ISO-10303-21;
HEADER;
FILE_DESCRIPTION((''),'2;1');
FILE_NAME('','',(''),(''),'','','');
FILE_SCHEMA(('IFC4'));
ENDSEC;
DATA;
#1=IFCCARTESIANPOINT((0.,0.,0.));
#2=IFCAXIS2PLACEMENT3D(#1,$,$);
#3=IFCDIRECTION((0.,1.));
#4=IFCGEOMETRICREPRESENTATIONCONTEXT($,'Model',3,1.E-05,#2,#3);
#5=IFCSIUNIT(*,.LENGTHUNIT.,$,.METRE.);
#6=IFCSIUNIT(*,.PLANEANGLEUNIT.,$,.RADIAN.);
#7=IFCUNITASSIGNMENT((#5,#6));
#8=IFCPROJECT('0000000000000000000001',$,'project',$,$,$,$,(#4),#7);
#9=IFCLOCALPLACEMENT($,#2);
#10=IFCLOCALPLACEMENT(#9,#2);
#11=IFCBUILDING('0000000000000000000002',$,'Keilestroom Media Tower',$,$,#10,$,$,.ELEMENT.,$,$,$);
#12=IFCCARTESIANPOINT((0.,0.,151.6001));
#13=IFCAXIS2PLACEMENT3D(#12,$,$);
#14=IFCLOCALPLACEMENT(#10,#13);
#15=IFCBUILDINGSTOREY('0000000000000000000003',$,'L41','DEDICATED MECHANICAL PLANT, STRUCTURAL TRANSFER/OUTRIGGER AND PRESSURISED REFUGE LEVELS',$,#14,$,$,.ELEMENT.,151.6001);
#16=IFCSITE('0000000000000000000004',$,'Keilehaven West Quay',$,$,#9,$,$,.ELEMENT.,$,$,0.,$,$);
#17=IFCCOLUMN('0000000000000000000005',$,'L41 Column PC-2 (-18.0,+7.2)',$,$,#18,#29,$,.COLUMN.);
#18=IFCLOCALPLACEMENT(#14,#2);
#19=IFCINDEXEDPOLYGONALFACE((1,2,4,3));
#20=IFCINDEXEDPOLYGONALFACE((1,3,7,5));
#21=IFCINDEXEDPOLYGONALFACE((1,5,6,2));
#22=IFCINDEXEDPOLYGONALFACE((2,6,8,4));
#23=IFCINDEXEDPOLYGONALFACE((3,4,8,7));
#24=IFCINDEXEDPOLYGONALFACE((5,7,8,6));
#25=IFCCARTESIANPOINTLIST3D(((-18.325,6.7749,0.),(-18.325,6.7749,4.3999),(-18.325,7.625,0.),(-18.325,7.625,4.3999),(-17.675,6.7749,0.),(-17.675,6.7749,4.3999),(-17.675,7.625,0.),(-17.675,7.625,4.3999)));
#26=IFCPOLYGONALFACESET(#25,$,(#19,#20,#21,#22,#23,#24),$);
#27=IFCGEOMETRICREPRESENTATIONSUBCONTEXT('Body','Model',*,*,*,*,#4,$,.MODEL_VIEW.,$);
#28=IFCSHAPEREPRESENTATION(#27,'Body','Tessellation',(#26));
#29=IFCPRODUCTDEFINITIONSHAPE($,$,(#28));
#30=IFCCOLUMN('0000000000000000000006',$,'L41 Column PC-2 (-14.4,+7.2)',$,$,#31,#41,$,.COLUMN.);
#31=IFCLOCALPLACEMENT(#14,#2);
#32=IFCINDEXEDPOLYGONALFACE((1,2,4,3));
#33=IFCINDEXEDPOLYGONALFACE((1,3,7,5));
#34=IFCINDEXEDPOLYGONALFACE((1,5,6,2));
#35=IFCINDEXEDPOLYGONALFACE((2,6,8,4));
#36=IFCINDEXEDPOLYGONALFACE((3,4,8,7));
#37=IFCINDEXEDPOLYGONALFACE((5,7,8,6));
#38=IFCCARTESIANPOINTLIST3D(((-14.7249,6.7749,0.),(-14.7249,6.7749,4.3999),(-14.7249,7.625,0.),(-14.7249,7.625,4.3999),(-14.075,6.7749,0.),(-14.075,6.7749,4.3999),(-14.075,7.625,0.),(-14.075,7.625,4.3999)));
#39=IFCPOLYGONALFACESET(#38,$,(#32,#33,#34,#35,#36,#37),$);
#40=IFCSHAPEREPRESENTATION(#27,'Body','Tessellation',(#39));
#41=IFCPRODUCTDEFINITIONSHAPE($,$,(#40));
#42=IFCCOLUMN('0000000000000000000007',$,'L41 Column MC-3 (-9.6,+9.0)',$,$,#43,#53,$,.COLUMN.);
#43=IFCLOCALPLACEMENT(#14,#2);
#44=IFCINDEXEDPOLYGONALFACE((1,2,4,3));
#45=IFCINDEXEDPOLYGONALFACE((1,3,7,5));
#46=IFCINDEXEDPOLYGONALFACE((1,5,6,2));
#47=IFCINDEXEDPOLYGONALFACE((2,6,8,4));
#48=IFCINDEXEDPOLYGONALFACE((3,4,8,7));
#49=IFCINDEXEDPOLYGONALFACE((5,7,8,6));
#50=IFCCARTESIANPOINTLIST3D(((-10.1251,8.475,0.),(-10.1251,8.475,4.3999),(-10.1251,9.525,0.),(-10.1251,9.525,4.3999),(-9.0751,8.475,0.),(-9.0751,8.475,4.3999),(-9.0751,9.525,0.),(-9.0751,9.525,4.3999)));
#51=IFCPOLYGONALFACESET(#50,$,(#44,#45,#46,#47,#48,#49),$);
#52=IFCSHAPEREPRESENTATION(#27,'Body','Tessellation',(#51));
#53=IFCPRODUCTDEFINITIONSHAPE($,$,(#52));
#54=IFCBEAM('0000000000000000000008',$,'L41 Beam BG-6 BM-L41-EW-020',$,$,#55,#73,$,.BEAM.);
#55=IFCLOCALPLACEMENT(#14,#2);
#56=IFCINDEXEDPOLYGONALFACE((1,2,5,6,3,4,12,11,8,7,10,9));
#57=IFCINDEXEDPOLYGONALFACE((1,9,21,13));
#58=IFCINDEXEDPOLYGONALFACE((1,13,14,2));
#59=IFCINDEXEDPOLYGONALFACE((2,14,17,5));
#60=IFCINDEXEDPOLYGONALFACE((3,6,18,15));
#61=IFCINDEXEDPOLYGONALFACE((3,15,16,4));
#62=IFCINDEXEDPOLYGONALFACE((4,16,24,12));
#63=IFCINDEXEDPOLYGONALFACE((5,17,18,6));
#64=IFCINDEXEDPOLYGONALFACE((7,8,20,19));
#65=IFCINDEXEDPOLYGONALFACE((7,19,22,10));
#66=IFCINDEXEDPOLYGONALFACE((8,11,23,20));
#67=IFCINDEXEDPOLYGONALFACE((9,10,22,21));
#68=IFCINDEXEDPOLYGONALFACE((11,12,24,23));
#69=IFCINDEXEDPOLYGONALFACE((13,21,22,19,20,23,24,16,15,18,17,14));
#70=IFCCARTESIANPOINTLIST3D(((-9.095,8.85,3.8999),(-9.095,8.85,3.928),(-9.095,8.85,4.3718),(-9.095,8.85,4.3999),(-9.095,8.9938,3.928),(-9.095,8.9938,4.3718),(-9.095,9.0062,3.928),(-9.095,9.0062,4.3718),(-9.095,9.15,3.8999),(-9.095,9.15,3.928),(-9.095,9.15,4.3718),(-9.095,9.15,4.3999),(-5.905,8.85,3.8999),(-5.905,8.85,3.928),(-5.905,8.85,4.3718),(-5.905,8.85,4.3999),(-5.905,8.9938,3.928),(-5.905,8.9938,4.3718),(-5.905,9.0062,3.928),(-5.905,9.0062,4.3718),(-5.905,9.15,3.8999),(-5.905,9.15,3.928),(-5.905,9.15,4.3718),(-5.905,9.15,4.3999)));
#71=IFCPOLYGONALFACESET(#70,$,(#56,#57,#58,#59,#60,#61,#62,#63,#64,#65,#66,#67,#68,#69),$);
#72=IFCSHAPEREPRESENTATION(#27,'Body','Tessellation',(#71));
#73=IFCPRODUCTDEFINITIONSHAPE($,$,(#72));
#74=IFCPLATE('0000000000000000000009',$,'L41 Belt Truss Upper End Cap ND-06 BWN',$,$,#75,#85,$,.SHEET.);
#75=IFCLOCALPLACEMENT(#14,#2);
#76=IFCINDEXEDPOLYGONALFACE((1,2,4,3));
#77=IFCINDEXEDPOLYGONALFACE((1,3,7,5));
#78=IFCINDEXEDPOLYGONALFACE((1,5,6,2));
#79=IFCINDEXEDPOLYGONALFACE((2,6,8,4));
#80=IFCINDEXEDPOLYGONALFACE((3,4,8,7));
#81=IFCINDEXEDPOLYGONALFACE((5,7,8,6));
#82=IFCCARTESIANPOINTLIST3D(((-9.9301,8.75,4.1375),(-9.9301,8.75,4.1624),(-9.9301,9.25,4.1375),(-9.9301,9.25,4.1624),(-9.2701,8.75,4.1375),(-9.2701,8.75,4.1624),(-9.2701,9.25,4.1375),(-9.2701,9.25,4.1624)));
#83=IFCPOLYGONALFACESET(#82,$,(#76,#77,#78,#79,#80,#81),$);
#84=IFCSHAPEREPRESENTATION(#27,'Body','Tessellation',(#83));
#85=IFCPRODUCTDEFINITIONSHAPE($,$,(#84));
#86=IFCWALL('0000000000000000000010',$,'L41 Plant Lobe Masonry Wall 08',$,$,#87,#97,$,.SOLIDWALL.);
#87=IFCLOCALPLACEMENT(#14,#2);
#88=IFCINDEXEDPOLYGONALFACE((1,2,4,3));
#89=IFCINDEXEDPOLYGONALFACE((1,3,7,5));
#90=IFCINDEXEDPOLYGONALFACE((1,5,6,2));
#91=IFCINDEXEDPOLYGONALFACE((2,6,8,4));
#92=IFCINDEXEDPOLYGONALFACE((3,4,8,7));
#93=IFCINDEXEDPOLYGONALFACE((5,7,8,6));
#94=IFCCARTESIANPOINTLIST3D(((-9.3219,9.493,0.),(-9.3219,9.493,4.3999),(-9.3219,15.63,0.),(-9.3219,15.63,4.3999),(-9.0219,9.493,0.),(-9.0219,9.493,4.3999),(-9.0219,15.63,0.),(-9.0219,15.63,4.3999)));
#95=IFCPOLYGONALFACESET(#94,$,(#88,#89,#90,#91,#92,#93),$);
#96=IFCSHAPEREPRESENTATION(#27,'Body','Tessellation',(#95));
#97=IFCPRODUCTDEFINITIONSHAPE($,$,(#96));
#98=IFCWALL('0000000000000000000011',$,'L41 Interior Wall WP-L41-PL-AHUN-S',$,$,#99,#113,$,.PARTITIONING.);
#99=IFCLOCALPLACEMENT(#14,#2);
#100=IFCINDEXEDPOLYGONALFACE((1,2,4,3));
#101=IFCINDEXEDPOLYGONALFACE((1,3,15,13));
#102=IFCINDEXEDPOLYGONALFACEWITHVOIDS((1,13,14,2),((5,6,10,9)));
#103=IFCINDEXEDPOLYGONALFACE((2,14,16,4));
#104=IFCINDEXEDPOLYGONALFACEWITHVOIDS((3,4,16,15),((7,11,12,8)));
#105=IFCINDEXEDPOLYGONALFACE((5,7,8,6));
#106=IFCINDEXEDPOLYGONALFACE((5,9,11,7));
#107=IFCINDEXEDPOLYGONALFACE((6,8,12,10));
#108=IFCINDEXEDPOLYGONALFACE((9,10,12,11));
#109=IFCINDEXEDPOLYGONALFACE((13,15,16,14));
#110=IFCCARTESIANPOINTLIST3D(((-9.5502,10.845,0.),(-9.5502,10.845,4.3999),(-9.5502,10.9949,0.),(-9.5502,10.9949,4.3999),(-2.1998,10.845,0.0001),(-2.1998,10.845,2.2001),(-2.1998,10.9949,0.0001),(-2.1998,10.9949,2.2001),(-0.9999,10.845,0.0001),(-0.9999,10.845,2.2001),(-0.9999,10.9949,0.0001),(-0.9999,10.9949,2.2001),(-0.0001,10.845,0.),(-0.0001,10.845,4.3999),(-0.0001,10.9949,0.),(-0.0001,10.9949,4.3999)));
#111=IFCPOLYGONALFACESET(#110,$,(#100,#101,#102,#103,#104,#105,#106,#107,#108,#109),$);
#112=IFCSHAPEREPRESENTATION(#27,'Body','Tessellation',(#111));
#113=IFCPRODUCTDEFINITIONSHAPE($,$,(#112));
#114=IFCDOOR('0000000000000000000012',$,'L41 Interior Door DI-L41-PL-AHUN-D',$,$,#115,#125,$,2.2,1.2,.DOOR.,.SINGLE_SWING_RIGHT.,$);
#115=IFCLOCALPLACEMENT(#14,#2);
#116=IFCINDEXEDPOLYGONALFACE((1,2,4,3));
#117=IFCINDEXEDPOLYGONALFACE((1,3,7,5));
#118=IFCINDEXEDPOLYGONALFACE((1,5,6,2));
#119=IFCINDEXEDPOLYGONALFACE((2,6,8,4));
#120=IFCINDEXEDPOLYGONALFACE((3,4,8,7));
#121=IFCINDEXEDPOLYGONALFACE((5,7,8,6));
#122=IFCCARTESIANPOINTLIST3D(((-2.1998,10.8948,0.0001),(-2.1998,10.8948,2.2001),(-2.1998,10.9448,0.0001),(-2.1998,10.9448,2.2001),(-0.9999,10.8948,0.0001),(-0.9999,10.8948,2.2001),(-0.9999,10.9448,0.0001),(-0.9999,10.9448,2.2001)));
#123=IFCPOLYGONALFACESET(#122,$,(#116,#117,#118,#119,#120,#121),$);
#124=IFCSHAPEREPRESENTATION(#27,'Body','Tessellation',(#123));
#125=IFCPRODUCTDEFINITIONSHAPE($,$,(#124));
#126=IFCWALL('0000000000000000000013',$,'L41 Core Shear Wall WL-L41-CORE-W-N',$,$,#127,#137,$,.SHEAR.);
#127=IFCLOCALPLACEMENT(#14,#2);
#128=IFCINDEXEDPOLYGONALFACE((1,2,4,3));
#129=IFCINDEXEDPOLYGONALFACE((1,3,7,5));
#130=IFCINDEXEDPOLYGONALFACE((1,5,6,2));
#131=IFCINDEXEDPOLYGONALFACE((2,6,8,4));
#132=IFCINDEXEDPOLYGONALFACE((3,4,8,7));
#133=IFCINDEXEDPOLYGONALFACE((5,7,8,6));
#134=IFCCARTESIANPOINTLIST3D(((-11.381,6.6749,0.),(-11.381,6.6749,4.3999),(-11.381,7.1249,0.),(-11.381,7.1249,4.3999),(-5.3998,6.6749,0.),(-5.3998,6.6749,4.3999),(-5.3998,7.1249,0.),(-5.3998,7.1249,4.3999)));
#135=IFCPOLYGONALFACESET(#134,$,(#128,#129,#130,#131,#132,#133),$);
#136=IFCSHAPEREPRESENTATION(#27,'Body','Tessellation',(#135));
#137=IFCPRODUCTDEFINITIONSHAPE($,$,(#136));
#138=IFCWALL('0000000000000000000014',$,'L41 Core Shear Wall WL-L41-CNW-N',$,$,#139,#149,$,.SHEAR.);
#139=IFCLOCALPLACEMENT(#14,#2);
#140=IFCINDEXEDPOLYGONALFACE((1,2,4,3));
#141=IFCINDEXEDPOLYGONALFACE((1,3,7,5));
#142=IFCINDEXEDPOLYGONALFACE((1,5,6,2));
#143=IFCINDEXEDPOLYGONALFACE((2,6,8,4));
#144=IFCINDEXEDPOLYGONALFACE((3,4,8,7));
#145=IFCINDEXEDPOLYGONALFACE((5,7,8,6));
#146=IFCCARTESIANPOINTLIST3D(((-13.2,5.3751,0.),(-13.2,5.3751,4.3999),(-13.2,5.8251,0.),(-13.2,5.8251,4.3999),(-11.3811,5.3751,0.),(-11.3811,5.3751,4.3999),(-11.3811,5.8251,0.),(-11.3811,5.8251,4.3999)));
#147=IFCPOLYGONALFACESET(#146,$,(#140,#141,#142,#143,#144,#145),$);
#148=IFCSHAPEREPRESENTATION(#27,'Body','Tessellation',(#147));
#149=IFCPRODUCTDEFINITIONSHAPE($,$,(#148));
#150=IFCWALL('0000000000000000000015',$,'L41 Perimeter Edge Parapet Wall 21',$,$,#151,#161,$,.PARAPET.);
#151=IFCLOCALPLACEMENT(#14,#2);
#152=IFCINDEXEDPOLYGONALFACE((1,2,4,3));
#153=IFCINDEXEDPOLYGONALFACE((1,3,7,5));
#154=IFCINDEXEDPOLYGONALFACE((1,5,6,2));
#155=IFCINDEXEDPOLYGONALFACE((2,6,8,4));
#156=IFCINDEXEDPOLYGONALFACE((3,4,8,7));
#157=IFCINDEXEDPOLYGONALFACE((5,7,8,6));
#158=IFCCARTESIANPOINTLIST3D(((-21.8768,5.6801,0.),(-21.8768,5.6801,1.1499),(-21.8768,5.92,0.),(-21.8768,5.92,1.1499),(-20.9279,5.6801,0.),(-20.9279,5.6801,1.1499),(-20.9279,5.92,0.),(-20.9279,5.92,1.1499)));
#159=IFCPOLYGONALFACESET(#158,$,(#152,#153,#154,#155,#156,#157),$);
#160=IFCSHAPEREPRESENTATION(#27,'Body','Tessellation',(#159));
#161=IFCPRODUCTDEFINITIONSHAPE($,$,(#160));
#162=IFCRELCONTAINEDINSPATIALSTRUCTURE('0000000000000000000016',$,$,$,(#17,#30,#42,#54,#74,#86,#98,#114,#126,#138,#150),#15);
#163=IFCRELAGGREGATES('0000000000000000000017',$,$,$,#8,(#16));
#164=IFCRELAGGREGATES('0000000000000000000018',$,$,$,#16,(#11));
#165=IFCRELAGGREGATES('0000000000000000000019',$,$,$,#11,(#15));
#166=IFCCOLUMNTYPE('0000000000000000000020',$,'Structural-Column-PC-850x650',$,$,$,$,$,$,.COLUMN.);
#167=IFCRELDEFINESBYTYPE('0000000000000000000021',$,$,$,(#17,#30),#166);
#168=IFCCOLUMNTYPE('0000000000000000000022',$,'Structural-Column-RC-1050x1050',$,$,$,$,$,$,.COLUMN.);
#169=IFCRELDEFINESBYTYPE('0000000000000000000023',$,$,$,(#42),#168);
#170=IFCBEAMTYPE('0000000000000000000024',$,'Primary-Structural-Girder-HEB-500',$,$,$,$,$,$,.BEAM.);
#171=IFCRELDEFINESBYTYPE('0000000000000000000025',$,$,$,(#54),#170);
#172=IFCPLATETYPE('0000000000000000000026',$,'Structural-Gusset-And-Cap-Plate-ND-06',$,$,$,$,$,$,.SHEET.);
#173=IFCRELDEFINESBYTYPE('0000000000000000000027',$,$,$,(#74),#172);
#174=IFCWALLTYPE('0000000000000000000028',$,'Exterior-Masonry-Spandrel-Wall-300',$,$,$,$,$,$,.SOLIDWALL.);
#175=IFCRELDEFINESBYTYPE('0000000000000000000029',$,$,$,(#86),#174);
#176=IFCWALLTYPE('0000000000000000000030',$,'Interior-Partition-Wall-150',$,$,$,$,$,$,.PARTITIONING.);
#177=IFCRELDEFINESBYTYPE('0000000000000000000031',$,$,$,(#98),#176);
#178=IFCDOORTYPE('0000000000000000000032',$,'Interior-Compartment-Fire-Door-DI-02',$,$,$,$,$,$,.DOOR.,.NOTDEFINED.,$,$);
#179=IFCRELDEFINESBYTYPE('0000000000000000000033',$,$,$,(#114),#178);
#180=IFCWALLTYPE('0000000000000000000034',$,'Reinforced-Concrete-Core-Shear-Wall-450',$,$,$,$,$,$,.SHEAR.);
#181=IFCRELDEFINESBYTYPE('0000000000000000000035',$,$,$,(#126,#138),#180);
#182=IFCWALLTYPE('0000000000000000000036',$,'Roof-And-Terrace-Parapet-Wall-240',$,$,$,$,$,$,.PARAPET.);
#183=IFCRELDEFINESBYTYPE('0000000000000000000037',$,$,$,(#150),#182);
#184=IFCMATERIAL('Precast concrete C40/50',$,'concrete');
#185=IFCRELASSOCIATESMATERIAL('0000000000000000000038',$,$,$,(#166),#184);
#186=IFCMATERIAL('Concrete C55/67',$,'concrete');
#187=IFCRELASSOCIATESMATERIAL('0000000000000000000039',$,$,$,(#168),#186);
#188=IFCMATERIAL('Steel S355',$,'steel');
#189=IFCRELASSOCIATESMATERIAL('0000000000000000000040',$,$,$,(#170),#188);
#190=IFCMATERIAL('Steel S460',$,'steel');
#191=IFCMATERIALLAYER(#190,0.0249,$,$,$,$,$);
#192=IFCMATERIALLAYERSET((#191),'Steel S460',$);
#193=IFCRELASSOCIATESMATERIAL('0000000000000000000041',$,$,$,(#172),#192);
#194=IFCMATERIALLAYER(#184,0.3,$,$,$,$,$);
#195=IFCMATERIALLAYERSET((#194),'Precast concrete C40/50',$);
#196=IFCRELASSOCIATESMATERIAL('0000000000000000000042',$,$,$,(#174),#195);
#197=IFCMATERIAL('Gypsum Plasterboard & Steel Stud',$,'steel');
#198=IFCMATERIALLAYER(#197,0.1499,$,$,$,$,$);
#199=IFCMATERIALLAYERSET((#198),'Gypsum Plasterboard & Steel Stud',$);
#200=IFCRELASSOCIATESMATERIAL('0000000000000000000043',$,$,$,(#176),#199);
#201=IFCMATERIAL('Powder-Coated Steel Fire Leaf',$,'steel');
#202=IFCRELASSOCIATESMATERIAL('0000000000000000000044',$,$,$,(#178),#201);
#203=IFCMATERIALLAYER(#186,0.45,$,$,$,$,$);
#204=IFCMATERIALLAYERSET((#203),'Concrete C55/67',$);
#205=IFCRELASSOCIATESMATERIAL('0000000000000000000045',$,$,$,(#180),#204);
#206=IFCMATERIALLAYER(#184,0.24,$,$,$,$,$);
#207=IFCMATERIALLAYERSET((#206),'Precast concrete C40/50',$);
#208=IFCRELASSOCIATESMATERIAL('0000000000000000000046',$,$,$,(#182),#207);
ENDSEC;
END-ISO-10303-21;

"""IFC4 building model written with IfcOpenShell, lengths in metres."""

from ifc_helpers import new_model, si_unit, direction, frame, frame_2d, origin, origin_2d, place, context, subcontext, project, spatial, rectangle, i_section, extrude, source, transform, mapped, material, layer, layer_set, material_profile, profile_set, type_object, element, fill, save


model = new_model("IFC4")

# Units and contexts
model_context = context("Model", 3, precision=1e-05, world=origin(), true_north=direction((0.0, 1.0)))
body_context = subcontext(model_context, "Body", "Model", "MODEL_VIEW")
ifc_project = project(units=[si_unit("LENGTHUNIT", "METRE"), si_unit("PLANEANGLEUNIT", "RADIAN")], contexts=[model_context])

# Site, building, storey
site_placement = place(None, origin())
site = spatial("IfcSite", under=ifc_project, at=site_placement, Name="Keilehaven West Quay", CompositionType="ELEMENT", RefElevation=0.0)
building_placement = place(site_placement, origin())
building = spatial("IfcBuilding", under=site, at=building_placement, Name="Keilestroom Media Tower", CompositionType="ELEMENT")
storey_placement = place(building_placement, frame((0.0, 0.0, 151.6001)))
storey = spatial("IfcBuildingStorey", under=building, at=storey_placement, Name="L41", Description="DEDICATED MECHANICAL PLANT, STRUCTURAL TRANSFER/OUTRIGGER AND PRESSURISED REFUGE LEVELS", CompositionType="ELEMENT", Elevation=151.6001)

# Columns
ifc_material_1 = material(Name="Precast concrete C40/50", Category="concrete")
ifc_material_profile_1 = material_profile(ifc_material_1, rectangle(XDim=0.6499, YDim=0.8501, at=origin_2d()), Name="PC 850x650")
ifc_profile_set_1 = profile_set([ifc_material_profile_1], Name="Precast concrete C40/50")
column_type_1 = type_object("IfcColumnType", Name="Structural-Column-PC-850x650", PredefinedType="COLUMN", material=ifc_profile_set_1)
shared_shape_1 = source(origin(), body_context, "Body", "SweptSolid", [
    extrude(rectangle(XDim=0.6499, YDim=0.8501, at=origin_2d()), origin(), (0.0, 0.0, 1.0), 4.3999),
])
for number, where, z_axis, x_axis, name in (
    (1, (-18.0, 7.2, 0.0), (0.0, 0.0, 1.0), (1.0, 0.0, 0.0), "L41 Column PC-2 (-18.0,+7.2)"),
    (2, (-14.3999, 7.2, 0.0), (0.0, 0.0, 1.0), (1.0, 0.0, 0.0), "L41 Column PC-2 (-14.4,+7.2)"),
):
    element("IfcColumn", number, at=place(storey_placement, frame(where, z_axis=z_axis, x_axis=x_axis)), inside=storey, type_object=column_type_1, Name=name, PredefinedType="COLUMN", context=body_context, shape_type="MappedRepresentation", body=[
        mapped(shared_shape_1, transform((0.0, 0.0, 0.0), x_axis=(1.0, 0.0, 0.0), y_axis=(0.0, 1.0, 0.0), z_axis=(0.0, 0.0, 1.0), scale=1.0)),
    ])
ifc_material_2 = material(Name="Concrete C55/67", Category="concrete")
ifc_material_profile_2 = material_profile(ifc_material_2, rectangle(XDim=1.05, YDim=1.05, at=origin_2d()), Name="RC 1050x1050")
ifc_profile_set_2 = profile_set([ifc_material_profile_2], Name="Concrete C55/67")
column_type_2 = type_object("IfcColumnType", Name="Structural-Column-RC-1050x1050", PredefinedType="COLUMN", material=ifc_profile_set_2)
shared_shape_2 = source(origin(), body_context, "Body", "SweptSolid", [
    extrude(rectangle(XDim=1.05, YDim=1.05, at=origin_2d()), origin(), (0.0, 0.0, 1.0), 4.3999),
])
column_placement = place(storey_placement, frame((-9.6001, 9.0, 0.0), z_axis=(0.0, 0.0, 1.0), x_axis=(1.0, 0.0, 0.0)))
element("IfcColumn", 3, at=column_placement, inside=storey, type_object=column_type_2, Name="L41 Column MC-3 (-9.6,+9.0)", PredefinedType="COLUMN", context=body_context, shape_type="MappedRepresentation", body=[
    mapped(shared_shape_2, transform((0.0, 0.0, 0.0), x_axis=(1.0, 0.0, 0.0), y_axis=(0.0, 1.0, 0.0), z_axis=(0.0, 0.0, 1.0), scale=1.0)),
])

# Beam
ifc_material_3 = material(Name="Steel S355", Category="steel")
ifc_material_profile_3 = material_profile(ifc_material_3, i_section(OverallWidth=0.3, OverallDepth=0.5, WebThickness=0.0125, FlangeThickness=0.0281, at=origin_2d()), Name="HEB 500")
ifc_profile_set_3 = profile_set([ifc_material_profile_3], Name="Steel S355")
beam_type = type_object("IfcBeamType", Name="Primary-Structural-Girder-HEB-500", PredefinedType="BEAM", material=ifc_profile_set_3)
shared_shape_3 = source(origin(), body_context, "Body", "SweptSolid", [
    extrude(i_section(OverallWidth=0.3, OverallDepth=0.5, WebThickness=0.0125, FlangeThickness=0.0281, at=origin_2d()), origin(), (0.0, 0.0, 1.0), 3.1899),
])
beam_placement = place(storey_placement, frame((-9.095, 9.0, 4.1499), z_axis=(1.0, 0.0, 0.0), x_axis=(0.0, 1.0, 0.0)))
element("IfcBeam", 4, at=beam_placement, inside=storey, type_object=beam_type, Name="L41 Beam BG-6 BM-L41-EW-020", PredefinedType="BEAM", context=body_context, shape_type="MappedRepresentation", body=[
    mapped(shared_shape_3, transform((0.0, 0.0, 0.0), x_axis=(1.0, 0.0, 0.0), y_axis=(0.0, 1.0, 0.0), z_axis=(0.0, 0.0, 1.0), scale=1.0)),
])

# Plate
ifc_material_4 = material(Name="Steel S460", Category="steel")
ifc_layer_1 = layer(ifc_material_4, 0.0249)
ifc_layer_set_1 = layer_set([ifc_layer_1], Name="Steel S460")
plate_type = type_object("IfcPlateType", Name="Structural-Gusset-And-Cap-Plate-ND-06", PredefinedType="SHEET", material=ifc_layer_set_1)
shared_shape_4 = source(origin(), body_context, "Body", "SweptSolid", [
    extrude(rectangle(XDim=0.6599, YDim=0.5, at=origin_2d()), origin(), (0.0, 0.0, 1.0), 0.0249),
])
plate_placement = place(storey_placement, frame((-9.6001, 9.0, 4.1375), z_axis=(0.0, 0.0, 1.0), x_axis=(1.0, 0.0, 0.0)))
element("IfcPlate", 5, at=plate_placement, inside=storey, type_object=plate_type, Name="L41 Belt Truss Upper End Cap ND-06 BWN", PredefinedType="SHEET", context=body_context, shape_type="MappedRepresentation", body=[
    mapped(shared_shape_4, transform((0.0, 0.0, 0.0), x_axis=(1.0, 0.0, 0.0), y_axis=(0.0, 1.0, 0.0), z_axis=(0.0, 0.0, 1.0), scale=1.0)),
])

# Wall
ifc_layer_2 = layer(ifc_material_1, 0.3)
ifc_layer_set_2 = layer_set([ifc_layer_2], Name="Precast concrete C40/50")
wall_type_1 = type_object("IfcWallType", Name="Exterior-Masonry-Spandrel-Wall-300", PredefinedType="SOLIDWALL", material=ifc_layer_set_2)
wall_1_placement = place(storey_placement, frame((-9.1719, 15.6299, 0.0), z_axis=(0.0, 0.0, 1.0), x_axis=(0.0, -1.0, 0.0)))
element("IfcWall", 6, at=wall_1_placement, inside=storey, type_object=wall_type_1, Name="L41 Plant Lobe Masonry Wall 08", PredefinedType="SOLIDWALL", context=body_context, shape_type="SweptSolid", body=[
    extrude(rectangle(XDim=6.137, YDim=0.3, at=frame_2d((3.0684, 0.0))), origin(), (0.0, 0.0, 1.0), 4.3999),
])

# Wall, opening, door
ifc_material_5 = material(Name="Gypsum Plasterboard & Steel Stud", Category="steel")
ifc_layer_3 = layer(ifc_material_5, 0.1499)
ifc_layer_set_3 = layer_set([ifc_layer_3], Name="Gypsum Plasterboard & Steel Stud")
wall_type_2 = type_object("IfcWallType", Name="Interior-Partition-Wall-150", PredefinedType="PARTITIONING", material=ifc_layer_set_3)
wall_2_placement = place(storey_placement, frame((-9.55, 10.9199, 0.0), z_axis=(0.0, 0.0, 1.0), x_axis=(1.0, 0.0, 0.0)))
wall_2 = element("IfcWall", 7, at=wall_2_placement, inside=storey, type_object=wall_type_2, Name="L41 Interior Wall WP-L41-PL-AHUN-S", PredefinedType="PARTITIONING", context=body_context, shape_type="SweptSolid", body=[
    extrude(rectangle(XDim=9.55, YDim=0.1499, at=frame_2d((4.7749, 0.0))), origin(), (0.0, 0.0, 1.0), 4.3999),
])
opening_placement = place(wall_2_placement, frame((7.3501, 0.0, 0.0)))
opening = element("IfcOpeningElement", 8, at=opening_placement, cuts=wall_2, PredefinedType="OPENING", context=body_context, shape_type="SweptSolid", body=[
    extrude(rectangle(XDim=1.2, YDim=2.2, at=frame_2d((0.6001, 1.1001))), frame((0.0, 0.085, 0.0), z_axis=(0.0, -1.0, 0.0), x_axis=(1.0, 0.0, 0.0)), (0.0, 0.0, 1.0), 0.1699),
])
ifc_material_6 = material(Name="Powder-Coated Steel Fire Leaf", Category="steel")
door_type = type_object("IfcDoorType", Name="Interior-Compartment-Fire-Door-DI-02", OperationType="NOTDEFINED", PredefinedType="DOOR", material=ifc_material_6)
shared_shape_5 = source(origin(), body_context, "Body", "SweptSolid", [
    extrude(rectangle(XDim=1.2, YDim=2.2, at=frame_2d((0.6001, 1.1001))), frame((0.0, 0.0249, 0.0), z_axis=(0.0, -1.0, 0.0), x_axis=(1.0, 0.0, 0.0)), (0.0, 0.0, 1.0), 0.05),
])
door_placement = place(opening_placement, origin())
door = element("IfcDoor", 9, at=door_placement, inside=storey, type_object=door_type, Name="L41 Interior Door DI-L41-PL-AHUN-D", OperationType="SINGLE_SWING_RIGHT", OverallHeight=2.2, OverallWidth=1.2, PredefinedType="DOOR", context=body_context, shape_type="MappedRepresentation", body=[
    mapped(shared_shape_5, transform((0.0, 0.0, 0.0), x_axis=(1.0, 0.0, 0.0), y_axis=(0.0, 1.0, 0.0), z_axis=(0.0, 0.0, 1.0), scale=1.0)),
])
fill(opening, door)

# Walls
ifc_layer_4 = layer(ifc_material_2, 0.45)
ifc_layer_set_4 = layer_set([ifc_layer_4], Name="Concrete C55/67")
wall_type_3 = type_object("IfcWallType", Name="Reinforced-Concrete-Core-Shear-Wall-450", PredefinedType="SHEAR", material=ifc_layer_set_4)
wall_3_placement = place(storey_placement, frame((-11.3811, 6.8999, 0.0), z_axis=(0.0, 0.0, 1.0), x_axis=(1.0, 0.0, 0.0)))
element("IfcWall", 10, at=wall_3_placement, inside=storey, type_object=wall_type_3, Name="L41 Core Shear Wall WL-L41-CORE-W-N", PredefinedType="SHEAR", context=body_context, shape_type="SweptSolid", body=[
    extrude(rectangle(XDim=5.9812, YDim=0.45, at=frame_2d((2.9907, 0.0))), origin(), (0.0, 0.0, 1.0), 4.3999),
])
wall_4_placement = place(storey_placement, frame((-13.2, 5.6001, 0.0), z_axis=(0.0, 0.0, 1.0), x_axis=(1.0, 0.0, 0.0)))
element("IfcWall", 11, at=wall_4_placement, inside=storey, type_object=wall_type_3, Name="L41 Core Shear Wall WL-L41-CNW-N", PredefinedType="SHEAR", context=body_context, shape_type="SweptSolid", body=[
    extrude(rectangle(XDim=1.8188, YDim=0.45, at=frame_2d((0.9094, 0.0))), origin(), (0.0, 0.0, 1.0), 4.3999),
])
ifc_layer_5 = layer(ifc_material_1, 0.24)
ifc_layer_set_5 = layer_set([ifc_layer_5], Name="Precast concrete C40/50")
wall_type_4 = type_object("IfcWallType", Name="Roof-And-Terrace-Parapet-Wall-240", PredefinedType="PARAPET", material=ifc_layer_set_5)
wall_5_placement = place(storey_placement, frame((-21.877, 5.8, 0.0), z_axis=(0.0, 0.0, 1.0), x_axis=(1.0, 0.0, 0.0)))
element("IfcWall", 12, at=wall_5_placement, inside=storey, type_object=wall_type_4, Name="L41 Perimeter Edge Parapet Wall 21", PredefinedType="PARAPET", context=body_context, shape_type="SweptSolid", body=[
    extrude(rectangle(XDim=0.949, YDim=0.24, at=frame_2d((0.4746, 0.0))), origin(), (0.0, 0.0, 1.0), 1.1499),
])

save(model, "model.ifc")
